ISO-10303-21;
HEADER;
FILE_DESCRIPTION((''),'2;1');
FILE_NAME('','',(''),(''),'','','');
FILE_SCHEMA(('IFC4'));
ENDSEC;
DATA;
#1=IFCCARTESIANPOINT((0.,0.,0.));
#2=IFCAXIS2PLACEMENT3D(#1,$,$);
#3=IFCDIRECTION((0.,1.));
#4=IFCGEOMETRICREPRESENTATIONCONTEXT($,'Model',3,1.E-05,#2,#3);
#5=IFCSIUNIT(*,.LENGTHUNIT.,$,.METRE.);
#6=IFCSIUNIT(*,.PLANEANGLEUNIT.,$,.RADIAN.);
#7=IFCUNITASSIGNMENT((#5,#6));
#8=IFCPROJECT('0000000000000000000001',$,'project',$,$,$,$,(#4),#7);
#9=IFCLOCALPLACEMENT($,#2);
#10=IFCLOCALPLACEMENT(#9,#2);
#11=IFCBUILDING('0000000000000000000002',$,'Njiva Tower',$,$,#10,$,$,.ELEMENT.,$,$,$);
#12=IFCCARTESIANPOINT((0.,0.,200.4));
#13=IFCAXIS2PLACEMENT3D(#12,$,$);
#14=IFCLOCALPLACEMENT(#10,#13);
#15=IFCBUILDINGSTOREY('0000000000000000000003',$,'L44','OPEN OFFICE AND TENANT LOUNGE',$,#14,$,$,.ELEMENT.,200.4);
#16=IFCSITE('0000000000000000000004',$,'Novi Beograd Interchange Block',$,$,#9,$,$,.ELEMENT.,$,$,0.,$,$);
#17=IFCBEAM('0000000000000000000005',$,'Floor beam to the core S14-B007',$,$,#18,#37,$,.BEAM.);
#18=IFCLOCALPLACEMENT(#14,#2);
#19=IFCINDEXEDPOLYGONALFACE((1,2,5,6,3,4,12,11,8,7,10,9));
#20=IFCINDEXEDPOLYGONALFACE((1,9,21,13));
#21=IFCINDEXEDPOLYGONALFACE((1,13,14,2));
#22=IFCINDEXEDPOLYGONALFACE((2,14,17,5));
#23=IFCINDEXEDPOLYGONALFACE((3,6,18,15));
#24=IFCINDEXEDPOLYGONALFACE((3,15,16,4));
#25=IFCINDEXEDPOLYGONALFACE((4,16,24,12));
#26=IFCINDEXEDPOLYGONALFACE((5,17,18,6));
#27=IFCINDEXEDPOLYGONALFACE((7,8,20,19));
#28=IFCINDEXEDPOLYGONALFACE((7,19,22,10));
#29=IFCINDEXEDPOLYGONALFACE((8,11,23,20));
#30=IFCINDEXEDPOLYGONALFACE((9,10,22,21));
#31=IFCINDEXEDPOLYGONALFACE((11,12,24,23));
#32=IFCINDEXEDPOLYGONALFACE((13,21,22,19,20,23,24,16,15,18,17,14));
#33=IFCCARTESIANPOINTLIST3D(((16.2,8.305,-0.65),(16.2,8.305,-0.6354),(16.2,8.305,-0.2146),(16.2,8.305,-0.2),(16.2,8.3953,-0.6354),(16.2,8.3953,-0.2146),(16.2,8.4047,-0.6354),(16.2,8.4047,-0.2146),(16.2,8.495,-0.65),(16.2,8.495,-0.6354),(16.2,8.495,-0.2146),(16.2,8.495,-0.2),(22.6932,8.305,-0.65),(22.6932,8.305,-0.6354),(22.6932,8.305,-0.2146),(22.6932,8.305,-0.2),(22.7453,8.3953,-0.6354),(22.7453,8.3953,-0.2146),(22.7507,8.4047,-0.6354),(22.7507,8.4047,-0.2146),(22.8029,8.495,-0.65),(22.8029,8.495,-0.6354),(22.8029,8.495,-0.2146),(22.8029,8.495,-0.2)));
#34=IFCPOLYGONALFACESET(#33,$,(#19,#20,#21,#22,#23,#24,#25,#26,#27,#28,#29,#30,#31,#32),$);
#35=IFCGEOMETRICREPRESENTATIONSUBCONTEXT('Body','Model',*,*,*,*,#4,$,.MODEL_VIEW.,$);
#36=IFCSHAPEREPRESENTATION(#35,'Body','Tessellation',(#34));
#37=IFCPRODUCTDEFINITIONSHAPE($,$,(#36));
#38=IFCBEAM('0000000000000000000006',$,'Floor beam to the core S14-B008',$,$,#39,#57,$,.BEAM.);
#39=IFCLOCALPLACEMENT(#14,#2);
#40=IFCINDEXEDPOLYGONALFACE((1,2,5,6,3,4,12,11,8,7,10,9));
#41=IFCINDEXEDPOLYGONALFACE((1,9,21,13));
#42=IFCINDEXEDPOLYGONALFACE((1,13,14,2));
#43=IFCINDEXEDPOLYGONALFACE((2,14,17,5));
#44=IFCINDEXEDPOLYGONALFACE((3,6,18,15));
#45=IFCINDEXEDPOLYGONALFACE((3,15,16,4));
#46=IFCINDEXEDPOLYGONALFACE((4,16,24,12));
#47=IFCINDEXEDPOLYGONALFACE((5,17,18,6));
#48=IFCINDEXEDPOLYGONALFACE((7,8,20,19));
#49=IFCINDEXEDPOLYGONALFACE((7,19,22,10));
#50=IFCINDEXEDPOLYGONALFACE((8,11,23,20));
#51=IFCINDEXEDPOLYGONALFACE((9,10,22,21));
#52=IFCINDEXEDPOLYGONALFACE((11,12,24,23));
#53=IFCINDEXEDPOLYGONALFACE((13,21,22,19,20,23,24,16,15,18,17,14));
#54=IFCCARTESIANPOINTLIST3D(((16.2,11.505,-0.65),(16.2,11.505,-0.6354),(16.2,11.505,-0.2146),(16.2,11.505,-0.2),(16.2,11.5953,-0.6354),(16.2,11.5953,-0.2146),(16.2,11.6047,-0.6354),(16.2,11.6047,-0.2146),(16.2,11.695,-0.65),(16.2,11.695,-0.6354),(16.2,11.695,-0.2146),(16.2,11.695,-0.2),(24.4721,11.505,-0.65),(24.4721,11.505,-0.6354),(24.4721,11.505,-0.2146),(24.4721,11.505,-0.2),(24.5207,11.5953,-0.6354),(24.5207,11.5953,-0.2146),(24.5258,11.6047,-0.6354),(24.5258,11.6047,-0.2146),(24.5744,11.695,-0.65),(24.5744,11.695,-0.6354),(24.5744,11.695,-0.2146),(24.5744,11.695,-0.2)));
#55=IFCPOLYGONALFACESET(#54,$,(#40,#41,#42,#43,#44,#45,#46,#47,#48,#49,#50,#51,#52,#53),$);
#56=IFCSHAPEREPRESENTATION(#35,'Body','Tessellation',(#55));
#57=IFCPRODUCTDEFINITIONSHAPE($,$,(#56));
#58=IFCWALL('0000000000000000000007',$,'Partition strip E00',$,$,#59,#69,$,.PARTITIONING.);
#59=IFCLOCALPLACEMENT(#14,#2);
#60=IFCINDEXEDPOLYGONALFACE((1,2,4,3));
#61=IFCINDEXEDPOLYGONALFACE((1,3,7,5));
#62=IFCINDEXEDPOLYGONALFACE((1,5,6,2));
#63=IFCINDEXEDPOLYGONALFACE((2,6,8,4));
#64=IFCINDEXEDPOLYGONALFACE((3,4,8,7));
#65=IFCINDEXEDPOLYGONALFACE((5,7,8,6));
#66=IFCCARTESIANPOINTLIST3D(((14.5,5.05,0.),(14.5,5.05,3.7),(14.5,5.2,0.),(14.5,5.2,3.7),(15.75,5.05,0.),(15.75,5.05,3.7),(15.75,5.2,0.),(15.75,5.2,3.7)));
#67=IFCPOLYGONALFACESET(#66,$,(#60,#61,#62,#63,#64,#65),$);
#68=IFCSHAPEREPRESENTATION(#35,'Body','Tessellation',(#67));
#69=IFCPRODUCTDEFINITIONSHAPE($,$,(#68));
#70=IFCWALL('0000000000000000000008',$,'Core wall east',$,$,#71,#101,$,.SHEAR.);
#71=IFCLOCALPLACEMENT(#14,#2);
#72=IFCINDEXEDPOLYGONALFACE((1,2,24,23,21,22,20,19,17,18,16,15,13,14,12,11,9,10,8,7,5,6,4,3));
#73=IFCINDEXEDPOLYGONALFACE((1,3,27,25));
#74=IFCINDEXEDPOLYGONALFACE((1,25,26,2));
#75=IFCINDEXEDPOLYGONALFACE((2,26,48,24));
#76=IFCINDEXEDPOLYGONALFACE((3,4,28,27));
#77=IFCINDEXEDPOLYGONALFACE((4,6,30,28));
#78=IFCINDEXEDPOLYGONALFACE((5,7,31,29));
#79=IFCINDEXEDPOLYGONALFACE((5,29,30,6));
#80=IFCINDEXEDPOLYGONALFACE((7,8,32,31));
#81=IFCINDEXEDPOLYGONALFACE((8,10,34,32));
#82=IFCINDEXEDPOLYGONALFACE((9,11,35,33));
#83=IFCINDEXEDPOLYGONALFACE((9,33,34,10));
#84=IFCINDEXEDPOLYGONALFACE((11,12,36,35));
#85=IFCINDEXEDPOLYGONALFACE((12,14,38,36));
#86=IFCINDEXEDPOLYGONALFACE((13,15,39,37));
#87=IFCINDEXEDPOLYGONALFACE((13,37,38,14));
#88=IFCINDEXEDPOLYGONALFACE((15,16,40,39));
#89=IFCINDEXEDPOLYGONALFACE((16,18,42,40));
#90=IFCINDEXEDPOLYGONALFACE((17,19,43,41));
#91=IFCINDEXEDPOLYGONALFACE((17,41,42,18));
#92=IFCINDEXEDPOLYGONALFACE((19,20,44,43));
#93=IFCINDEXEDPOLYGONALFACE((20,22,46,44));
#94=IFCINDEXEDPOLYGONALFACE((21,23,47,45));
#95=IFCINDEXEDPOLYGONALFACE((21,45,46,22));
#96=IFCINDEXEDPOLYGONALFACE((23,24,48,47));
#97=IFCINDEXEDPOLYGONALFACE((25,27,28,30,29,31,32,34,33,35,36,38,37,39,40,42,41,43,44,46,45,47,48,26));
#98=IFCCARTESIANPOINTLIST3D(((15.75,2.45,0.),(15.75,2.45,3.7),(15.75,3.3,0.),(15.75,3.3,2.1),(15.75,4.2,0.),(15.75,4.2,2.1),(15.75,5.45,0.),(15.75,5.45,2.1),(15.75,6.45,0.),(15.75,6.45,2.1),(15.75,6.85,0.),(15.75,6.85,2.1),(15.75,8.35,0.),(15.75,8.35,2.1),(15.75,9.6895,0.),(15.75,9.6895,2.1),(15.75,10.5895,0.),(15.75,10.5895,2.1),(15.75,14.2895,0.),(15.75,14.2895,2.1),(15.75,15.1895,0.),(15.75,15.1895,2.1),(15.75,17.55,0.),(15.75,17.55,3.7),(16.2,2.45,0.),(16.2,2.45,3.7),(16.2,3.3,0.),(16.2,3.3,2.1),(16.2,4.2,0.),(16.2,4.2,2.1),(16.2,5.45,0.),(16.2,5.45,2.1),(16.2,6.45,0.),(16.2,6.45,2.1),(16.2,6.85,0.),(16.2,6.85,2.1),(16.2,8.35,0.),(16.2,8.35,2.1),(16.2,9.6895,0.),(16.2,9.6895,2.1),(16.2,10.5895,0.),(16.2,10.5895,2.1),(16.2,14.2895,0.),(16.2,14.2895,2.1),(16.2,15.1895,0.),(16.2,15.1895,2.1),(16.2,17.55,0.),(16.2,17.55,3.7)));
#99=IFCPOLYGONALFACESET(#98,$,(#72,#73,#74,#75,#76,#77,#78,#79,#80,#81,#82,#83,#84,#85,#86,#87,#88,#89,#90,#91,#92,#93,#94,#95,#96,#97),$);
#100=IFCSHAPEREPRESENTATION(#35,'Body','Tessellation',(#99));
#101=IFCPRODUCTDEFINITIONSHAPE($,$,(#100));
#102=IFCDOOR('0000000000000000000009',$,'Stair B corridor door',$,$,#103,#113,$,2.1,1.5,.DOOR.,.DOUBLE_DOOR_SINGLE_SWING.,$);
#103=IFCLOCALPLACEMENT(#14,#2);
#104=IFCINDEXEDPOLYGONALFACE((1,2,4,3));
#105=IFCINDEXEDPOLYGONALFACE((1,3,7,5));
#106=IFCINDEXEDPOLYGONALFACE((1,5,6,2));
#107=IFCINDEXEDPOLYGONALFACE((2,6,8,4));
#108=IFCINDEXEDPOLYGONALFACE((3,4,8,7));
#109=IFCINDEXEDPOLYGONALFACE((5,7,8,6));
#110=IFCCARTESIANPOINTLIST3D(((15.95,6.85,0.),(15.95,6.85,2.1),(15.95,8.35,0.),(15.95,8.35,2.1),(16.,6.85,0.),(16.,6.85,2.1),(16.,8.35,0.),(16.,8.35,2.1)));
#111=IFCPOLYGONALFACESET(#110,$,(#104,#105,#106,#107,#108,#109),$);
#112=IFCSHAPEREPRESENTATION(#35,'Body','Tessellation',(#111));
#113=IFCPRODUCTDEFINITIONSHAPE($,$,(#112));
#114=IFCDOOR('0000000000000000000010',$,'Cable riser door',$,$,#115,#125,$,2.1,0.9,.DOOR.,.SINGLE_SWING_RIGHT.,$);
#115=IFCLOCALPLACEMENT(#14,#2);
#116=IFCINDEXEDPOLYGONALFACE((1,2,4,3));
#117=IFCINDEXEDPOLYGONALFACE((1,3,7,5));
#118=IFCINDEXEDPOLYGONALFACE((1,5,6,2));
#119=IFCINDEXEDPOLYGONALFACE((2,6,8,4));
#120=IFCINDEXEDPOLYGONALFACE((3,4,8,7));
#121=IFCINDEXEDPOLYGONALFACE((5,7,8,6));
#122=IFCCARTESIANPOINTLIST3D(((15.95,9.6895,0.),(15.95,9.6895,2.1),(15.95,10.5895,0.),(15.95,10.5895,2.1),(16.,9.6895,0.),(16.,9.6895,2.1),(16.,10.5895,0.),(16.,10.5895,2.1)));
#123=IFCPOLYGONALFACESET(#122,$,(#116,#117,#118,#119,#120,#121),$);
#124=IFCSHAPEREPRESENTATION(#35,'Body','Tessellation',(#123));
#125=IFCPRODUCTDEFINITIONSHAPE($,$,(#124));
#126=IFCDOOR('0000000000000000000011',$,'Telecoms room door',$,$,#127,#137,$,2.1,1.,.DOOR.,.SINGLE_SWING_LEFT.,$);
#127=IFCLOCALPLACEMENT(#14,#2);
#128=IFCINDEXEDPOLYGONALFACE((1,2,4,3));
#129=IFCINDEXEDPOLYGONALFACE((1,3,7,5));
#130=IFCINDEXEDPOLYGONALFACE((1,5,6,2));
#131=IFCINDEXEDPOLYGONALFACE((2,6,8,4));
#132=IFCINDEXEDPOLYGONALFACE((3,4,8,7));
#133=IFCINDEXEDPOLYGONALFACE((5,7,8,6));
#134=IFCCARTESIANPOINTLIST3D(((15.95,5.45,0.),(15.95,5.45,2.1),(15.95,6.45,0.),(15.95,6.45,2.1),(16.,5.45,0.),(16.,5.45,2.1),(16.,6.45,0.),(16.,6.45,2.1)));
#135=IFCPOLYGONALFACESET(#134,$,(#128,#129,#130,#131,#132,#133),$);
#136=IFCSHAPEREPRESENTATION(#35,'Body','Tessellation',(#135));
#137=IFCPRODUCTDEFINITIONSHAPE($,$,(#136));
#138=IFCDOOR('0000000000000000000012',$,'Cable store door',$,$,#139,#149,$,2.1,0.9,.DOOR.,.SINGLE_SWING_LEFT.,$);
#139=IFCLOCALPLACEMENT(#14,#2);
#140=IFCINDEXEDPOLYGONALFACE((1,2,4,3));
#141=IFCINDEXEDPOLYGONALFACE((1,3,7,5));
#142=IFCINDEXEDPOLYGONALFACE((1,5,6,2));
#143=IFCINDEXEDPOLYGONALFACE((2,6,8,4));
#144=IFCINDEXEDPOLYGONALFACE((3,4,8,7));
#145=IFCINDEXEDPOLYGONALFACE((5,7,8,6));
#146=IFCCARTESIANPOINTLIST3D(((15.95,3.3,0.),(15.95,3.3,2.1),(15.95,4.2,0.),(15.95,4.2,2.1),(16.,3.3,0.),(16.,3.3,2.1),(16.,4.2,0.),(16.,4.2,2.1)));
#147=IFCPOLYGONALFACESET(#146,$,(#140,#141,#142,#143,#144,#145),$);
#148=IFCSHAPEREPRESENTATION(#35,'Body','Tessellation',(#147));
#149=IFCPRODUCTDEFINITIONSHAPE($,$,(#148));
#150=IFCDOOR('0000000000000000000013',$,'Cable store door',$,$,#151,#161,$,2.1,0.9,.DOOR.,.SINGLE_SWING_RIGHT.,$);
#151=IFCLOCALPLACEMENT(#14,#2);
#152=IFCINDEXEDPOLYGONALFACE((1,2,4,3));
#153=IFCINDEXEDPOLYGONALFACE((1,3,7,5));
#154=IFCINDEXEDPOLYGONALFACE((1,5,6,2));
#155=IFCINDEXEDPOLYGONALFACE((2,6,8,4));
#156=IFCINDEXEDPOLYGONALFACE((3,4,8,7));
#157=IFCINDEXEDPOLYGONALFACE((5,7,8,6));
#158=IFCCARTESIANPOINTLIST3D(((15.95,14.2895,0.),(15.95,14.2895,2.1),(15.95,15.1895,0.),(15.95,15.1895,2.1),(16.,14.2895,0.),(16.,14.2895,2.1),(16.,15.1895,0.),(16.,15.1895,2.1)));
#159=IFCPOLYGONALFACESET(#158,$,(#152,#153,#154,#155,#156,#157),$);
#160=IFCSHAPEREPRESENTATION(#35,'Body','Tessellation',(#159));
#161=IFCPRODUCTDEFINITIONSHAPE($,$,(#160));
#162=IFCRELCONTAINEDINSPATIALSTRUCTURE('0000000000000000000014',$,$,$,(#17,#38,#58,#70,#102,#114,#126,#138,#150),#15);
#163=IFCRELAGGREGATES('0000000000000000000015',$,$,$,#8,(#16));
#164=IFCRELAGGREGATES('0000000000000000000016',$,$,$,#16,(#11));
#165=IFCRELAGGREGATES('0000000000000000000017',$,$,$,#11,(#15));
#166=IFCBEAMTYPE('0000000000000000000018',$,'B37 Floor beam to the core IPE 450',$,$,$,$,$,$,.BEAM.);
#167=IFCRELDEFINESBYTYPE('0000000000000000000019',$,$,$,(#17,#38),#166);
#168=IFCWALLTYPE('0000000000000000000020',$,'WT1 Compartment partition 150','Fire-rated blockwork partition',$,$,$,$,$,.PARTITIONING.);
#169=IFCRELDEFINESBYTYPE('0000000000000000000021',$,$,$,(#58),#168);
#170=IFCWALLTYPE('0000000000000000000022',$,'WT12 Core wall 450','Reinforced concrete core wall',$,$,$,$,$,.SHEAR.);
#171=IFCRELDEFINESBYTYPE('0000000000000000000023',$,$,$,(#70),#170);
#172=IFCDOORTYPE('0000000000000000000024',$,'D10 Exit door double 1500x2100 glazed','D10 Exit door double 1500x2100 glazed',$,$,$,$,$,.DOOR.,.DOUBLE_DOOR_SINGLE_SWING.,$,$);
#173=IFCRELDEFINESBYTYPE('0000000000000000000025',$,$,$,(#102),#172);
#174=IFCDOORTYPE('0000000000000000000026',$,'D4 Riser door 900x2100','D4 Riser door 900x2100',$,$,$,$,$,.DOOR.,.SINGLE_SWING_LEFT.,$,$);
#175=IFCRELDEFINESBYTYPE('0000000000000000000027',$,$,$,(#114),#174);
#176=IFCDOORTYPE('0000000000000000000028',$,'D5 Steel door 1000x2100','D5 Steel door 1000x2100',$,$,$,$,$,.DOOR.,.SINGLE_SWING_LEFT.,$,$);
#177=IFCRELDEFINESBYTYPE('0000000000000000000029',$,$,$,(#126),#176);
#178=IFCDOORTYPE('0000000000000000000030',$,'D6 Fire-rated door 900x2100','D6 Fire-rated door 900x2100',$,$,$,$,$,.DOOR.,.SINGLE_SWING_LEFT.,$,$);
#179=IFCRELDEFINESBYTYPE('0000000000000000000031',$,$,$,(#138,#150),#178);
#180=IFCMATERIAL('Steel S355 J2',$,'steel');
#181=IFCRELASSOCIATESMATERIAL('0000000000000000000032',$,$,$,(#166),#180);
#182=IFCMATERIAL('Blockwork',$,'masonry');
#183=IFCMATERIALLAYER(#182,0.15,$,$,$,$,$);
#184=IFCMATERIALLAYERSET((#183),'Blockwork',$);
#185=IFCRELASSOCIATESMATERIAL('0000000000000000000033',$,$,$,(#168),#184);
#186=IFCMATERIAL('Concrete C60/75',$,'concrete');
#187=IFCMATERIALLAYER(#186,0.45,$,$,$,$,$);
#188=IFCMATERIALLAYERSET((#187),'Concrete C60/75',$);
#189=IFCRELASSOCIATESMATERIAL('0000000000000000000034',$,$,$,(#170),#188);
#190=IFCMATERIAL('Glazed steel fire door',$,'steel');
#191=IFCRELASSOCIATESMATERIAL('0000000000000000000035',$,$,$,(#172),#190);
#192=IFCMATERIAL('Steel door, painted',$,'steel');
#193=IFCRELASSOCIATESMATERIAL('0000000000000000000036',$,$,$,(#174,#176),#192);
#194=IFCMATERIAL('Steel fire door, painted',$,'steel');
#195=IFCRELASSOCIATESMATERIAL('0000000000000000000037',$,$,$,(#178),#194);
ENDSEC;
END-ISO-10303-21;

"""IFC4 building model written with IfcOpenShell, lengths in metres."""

from ifc_helpers import new_model, si_unit, direction, frame, frame_2d, origin, origin_2d, place, context, subcontext, project, spatial, rectangle, i_section, extrude, clip, halfspace, material, layer, layer_set, material_profile, profile_set, type_object, element, fill, save


model = new_model("IFC4")

# Units and contexts
model_context = context("Model", 3, precision=1e-05, world=origin(), true_north=direction((0.0, 1.0)))
body_context = subcontext(model_context, "Body", "Model", "MODEL_VIEW")
ifc_project = project(units=[si_unit("LENGTHUNIT", "METRE"), si_unit("PLANEANGLEUNIT", "RADIAN")], contexts=[model_context])

# Site, building, storey
site_placement = place(None, origin())
site = spatial("IfcSite", under=ifc_project, at=site_placement, Name="Novi Beograd Interchange Block", CompositionType="ELEMENT", RefElevation=0.0)
building_placement = place(site_placement, origin())
building = spatial("IfcBuilding", under=site, at=building_placement, Name="Njiva Tower", CompositionType="ELEMENT")
storey_placement = place(building_placement, frame((0.0, 0.0, 200.4)))
storey = spatial("IfcBuildingStorey", under=building, at=storey_placement, Name="L44", Description="OPEN OFFICE AND TENANT LOUNGE", CompositionType="ELEMENT", Elevation=200.4)

# Shared definitions
ifc_material_1 = material(Name="Steel S355 J2", Category="steel")

# Beams
ifc_material_profile_1 = material_profile(ifc_material_1, i_section(OverallWidth=0.19, OverallDepth=0.45, WebThickness=0.0094, FlangeThickness=0.0146, at=origin_2d()), Name="IPE 450")
ifc_profile_set_1 = profile_set([ifc_material_profile_1], Name="Steel S355 J2")
beam_type_1 = type_object("IfcBeamType", Name="B37 Floor beam to the core IPE 450", PredefinedType="BEAM", material=ifc_profile_set_1)
beam_1_placement = place(storey_placement, frame((16.2, 8.4, -0.425), z_axis=(1.0, 0.0, 0.0), x_axis=(0.0, 1.0, 0.0)))
element("IfcBeam", 1, at=beam_1_placement, inside=storey, type_object=beam_type_1, Name="Floor beam to the core S14-B007", PredefinedType="BEAM", context=body_context, shape_type="Clipping", body=[
    clip(extrude(i_section(OverallWidth=0.19, OverallDepth=0.45, WebThickness=0.0094, FlangeThickness=0.0146, at=origin_2d()), origin(), (0.0, 0.0, 1.0), 6.623), halfspace(frame((-0.025, 0.0, 6.5336), z_axis=(-0.499998, 0.0, 0.866027), x_axis=(0.0, 1.0, 0.0)), False)),
])
beam_2_placement = place(storey_placement, frame((16.2, 11.6, -0.425), z_axis=(1.0, 0.0, 0.0), x_axis=(0.0, 1.0, 0.0)))
element("IfcBeam", 2, at=beam_2_placement, inside=storey, type_object=beam_type_1, Name="Floor beam to the core S14-B008", PredefinedType="BEAM", context=body_context, shape_type="Clipping", body=[
    clip(extrude(i_section(OverallWidth=0.19, OverallDepth=0.45, WebThickness=0.0094, FlangeThickness=0.0146, at=origin_2d()), origin(), (0.0, 0.0, 1.0), 8.394), halfspace(frame((-0.0237, 0.0, 8.3105), z_axis=(-0.473769, 0.0, 0.880649), x_axis=(0.0, 1.0, 0.0)), False)),
])

# Wall
ifc_material_2 = material(Name="Blockwork", Category="masonry")
ifc_layer_1 = layer(ifc_material_2, 0.15)
ifc_layer_set_1 = layer_set([ifc_layer_1], Name="Blockwork")
wall_type_1 = type_object("IfcWallType", Name="WT1 Compartment partition 150", Description="Fire-rated blockwork partition", PredefinedType="PARTITIONING", material=ifc_layer_set_1)
wall_1_placement = place(storey_placement, frame((14.5, 5.125, 0.0), z_axis=(0.0, 0.0, 1.0), x_axis=(1.0, 0.0, 0.0)))
element("IfcWall", 3, at=wall_1_placement, inside=storey, type_object=wall_type_1, Name="Partition strip E00", PredefinedType="PARTITIONING", context=body_context, shape_type="SweptSolid", body=[
    extrude(rectangle(XDim=1.25, YDim=0.15, at=frame_2d((0.625, 0.0))), origin(), (0.0, 0.0, 1.0), 3.7),
])

# Wall, openings, doors
ifc_material_3 = material(Name="Concrete C60/75", Category="concrete")
ifc_layer_2 = layer(ifc_material_3, 0.45)
ifc_layer_set_2 = layer_set([ifc_layer_2], Name="Concrete C60/75")
wall_type_2 = type_object("IfcWallType", Name="WT12 Core wall 450", Description="Reinforced concrete core wall", PredefinedType="SHEAR", material=ifc_layer_set_2)
wall_2_placement = place(storey_placement, frame((15.975, 2.45, 0.0), z_axis=(0.0, 0.0, 1.0), x_axis=(0.0, 1.0, 0.0)))
wall_2 = element("IfcWall", 4, at=wall_2_placement, inside=storey, type_object=wall_type_2, Name="Core wall east", PredefinedType="SHEAR", context=body_context, shape_type="SweptSolid", body=[
    extrude(rectangle(XDim=15.1, YDim=0.45, at=frame_2d((7.55, 0.0))), origin(), (0.0, 0.0, 1.0), 3.7),
])
opening_1_placement = place(wall_2_placement, frame((4.4, 0.0, 0.0)))
opening_1 = element("IfcOpeningElement", 5, at=opening_1_placement, cuts=wall_2, PredefinedType="OPENING", context=body_context, shape_type="SweptSolid", body=[
    extrude(rectangle(XDim=1.5, YDim=2.1, at=frame_2d((0.75, 1.05))), frame((0.0, 0.235, 0.0), z_axis=(0.0, -1.0, 0.0), x_axis=(1.0, 0.0, 0.0)), (0.0, 0.0, 1.0), 0.47),
])
opening_2_placement = place(wall_2_placement, frame((0.85, 0.0, 0.0)))
opening_2 = element("IfcOpeningElement", 6, at=opening_2_placement, cuts=wall_2, PredefinedType="OPENING", context=body_context, shape_type="SweptSolid", body=[
    extrude(rectangle(XDim=0.9, YDim=2.1, at=frame_2d((0.45, 1.05))), frame((0.0, 0.235, 0.0), z_axis=(0.0, -1.0, 0.0), x_axis=(1.0, 0.0, 0.0)), (0.0, 0.0, 1.0), 0.47),
])
opening_3_placement = place(wall_2_placement, frame((3.0, 0.0, 0.0)))
opening_3 = element("IfcOpeningElement", 7, at=opening_3_placement, cuts=wall_2, PredefinedType="OPENING", context=body_context, shape_type="SweptSolid", body=[
    extrude(rectangle(XDim=1.0, YDim=2.1, at=frame_2d((0.5, 1.05))), frame((0.0, 0.235, 0.0), z_axis=(0.0, -1.0, 0.0), x_axis=(1.0, 0.0, 0.0)), (0.0, 0.0, 1.0), 0.47),
])
opening_4_placement = place(wall_2_placement, frame((7.2395, 0.0, 0.0)))
opening_4 = element("IfcOpeningElement", 8, at=opening_4_placement, cuts=wall_2, PredefinedType="OPENING", context=body_context, shape_type="SweptSolid", body=[
    extrude(rectangle(XDim=0.9, YDim=2.1, at=frame_2d((0.45, 1.05))), frame((0.0, 0.235, 0.0), z_axis=(0.0, -1.0, 0.0), x_axis=(1.0, 0.0, 0.0)), (0.0, 0.0, 1.0), 0.47),
])
opening_5_placement = place(wall_2_placement, frame((11.8395, 0.0, 0.0)))
opening_5 = element("IfcOpeningElement", 9, at=opening_5_placement, cuts=wall_2, PredefinedType="OPENING", context=body_context, shape_type="SweptSolid", body=[
    extrude(rectangle(XDim=0.9, YDim=2.1, at=frame_2d((0.45, 1.05))), frame((0.0, 0.235, 0.0), z_axis=(0.0, -1.0, 0.0), x_axis=(1.0, 0.0, 0.0)), (0.0, 0.0, 1.0), 0.47),
])
ifc_material_4 = material(Name="Glazed steel fire door", Category="steel")
door_type_1 = type_object("IfcDoorType", Name="D10 Exit door double 1500x2100 glazed", Description="D10 Exit door double 1500x2100 glazed", OperationType="DOUBLE_DOOR_SINGLE_SWING", PredefinedType="DOOR", material=ifc_material_4)
door_1_placement = place(opening_1_placement, origin())
door_1 = element("IfcDoor", 10, at=door_1_placement, inside=storey, type_object=door_type_1, Name="Stair B corridor door", OperationType="DOUBLE_DOOR_SINGLE_SWING", OverallHeight=2.1, OverallWidth=1.5, PredefinedType="DOOR", context=body_context, shape_type="SweptSolid", body=[
    extrude(rectangle(XDim=1.5, YDim=2.1, at=frame_2d((0.75, 1.05))), frame((0.0, 0.025, 0.0), z_axis=(0.0, -1.0, 0.0), x_axis=(1.0, 0.0, 0.0)), (0.0, 0.0, 1.0), 0.05),
])
fill(opening_1, door_1)
ifc_material_5 = material(Name="Steel door, painted", Category="steel")
door_type_2 = type_object("IfcDoorType", Name="D4 Riser door 900x2100", Description="D4 Riser door 900x2100", OperationType="SINGLE_SWING_LEFT", PredefinedType="DOOR", material=ifc_material_5)
door_2_placement = place(opening_4_placement, origin())
door_2 = element("IfcDoor", 11, at=door_2_placement, inside=storey, type_object=door_type_2, Name="Cable riser door", OperationType="SINGLE_SWING_RIGHT", OverallHeight=2.1, OverallWidth=0.9, PredefinedType="DOOR", context=body_context, shape_type="SweptSolid", body=[
    extrude(rectangle(XDim=0.9, YDim=2.1, at=frame_2d((0.45, 1.05))), frame((0.0, 0.025, 0.0), z_axis=(0.0, -1.0, 0.0), x_axis=(1.0, 0.0, 0.0)), (0.0, 0.0, 1.0), 0.05),
])
fill(opening_4, door_2)
door_type_3 = type_object("IfcDoorType", Name="D5 Steel door 1000x2100", Description="D5 Steel door 1000x2100", OperationType="SINGLE_SWING_LEFT", PredefinedType="DOOR", material=ifc_material_5)
door_3_placement = place(opening_3_placement, origin())
door_3 = element("IfcDoor", 12, at=door_3_placement, inside=storey, type_object=door_type_3, Name="Telecoms room door", OperationType="SINGLE_SWING_LEFT", OverallHeight=2.1, OverallWidth=1.0, PredefinedType="DOOR", context=body_context, shape_type="SweptSolid", body=[
    extrude(rectangle(XDim=1.0, YDim=2.1, at=frame_2d((0.5, 1.05))), frame((0.0, 0.025, 0.0), z_axis=(0.0, -1.0, 0.0), x_axis=(1.0, 0.0, 0.0)), (0.0, 0.0, 1.0), 0.05),
])
fill(opening_3, door_3)
ifc_material_6 = material(Name="Steel fire door, painted", Category="steel")
door_type_4 = type_object("IfcDoorType", Name="D6 Fire-rated door 900x2100", Description="D6 Fire-rated door 900x2100", OperationType="SINGLE_SWING_LEFT", PredefinedType="DOOR", material=ifc_material_6)
door_4_placement = place(opening_2_placement, origin())
door_4 = element("IfcDoor", 13, at=door_4_placement, inside=storey, type_object=door_type_4, Name="Cable store door", OperationType="SINGLE_SWING_LEFT", OverallHeight=2.1, OverallWidth=0.9, PredefinedType="DOOR", context=body_context, shape_type="SweptSolid", body=[
    extrude(rectangle(XDim=0.9, YDim=2.1, at=frame_2d((0.45, 1.05))), frame((0.0, 0.025, 0.0), z_axis=(0.0, -1.0, 0.0), x_axis=(1.0, 0.0, 0.0)), (0.0, 0.0, 1.0), 0.05),
])
fill(opening_2, door_4)
door_5_placement = place(opening_5_placement, origin())
door_5 = element("IfcDoor", 14, at=door_5_placement, inside=storey, type_object=door_type_4, Name="Cable store door", OperationType="SINGLE_SWING_RIGHT", OverallHeight=2.1, OverallWidth=0.9, PredefinedType="DOOR", context=body_context, shape_type="SweptSolid", body=[
    extrude(rectangle(XDim=0.9, YDim=2.1, at=frame_2d((0.45, 1.05))), frame((0.0, 0.025, 0.0), z_axis=(0.0, -1.0, 0.0), x_axis=(1.0, 0.0, 0.0)), (0.0, 0.0, 1.0), 0.05),
])
fill(opening_5, door_5)

save(model, "model.ifc")
